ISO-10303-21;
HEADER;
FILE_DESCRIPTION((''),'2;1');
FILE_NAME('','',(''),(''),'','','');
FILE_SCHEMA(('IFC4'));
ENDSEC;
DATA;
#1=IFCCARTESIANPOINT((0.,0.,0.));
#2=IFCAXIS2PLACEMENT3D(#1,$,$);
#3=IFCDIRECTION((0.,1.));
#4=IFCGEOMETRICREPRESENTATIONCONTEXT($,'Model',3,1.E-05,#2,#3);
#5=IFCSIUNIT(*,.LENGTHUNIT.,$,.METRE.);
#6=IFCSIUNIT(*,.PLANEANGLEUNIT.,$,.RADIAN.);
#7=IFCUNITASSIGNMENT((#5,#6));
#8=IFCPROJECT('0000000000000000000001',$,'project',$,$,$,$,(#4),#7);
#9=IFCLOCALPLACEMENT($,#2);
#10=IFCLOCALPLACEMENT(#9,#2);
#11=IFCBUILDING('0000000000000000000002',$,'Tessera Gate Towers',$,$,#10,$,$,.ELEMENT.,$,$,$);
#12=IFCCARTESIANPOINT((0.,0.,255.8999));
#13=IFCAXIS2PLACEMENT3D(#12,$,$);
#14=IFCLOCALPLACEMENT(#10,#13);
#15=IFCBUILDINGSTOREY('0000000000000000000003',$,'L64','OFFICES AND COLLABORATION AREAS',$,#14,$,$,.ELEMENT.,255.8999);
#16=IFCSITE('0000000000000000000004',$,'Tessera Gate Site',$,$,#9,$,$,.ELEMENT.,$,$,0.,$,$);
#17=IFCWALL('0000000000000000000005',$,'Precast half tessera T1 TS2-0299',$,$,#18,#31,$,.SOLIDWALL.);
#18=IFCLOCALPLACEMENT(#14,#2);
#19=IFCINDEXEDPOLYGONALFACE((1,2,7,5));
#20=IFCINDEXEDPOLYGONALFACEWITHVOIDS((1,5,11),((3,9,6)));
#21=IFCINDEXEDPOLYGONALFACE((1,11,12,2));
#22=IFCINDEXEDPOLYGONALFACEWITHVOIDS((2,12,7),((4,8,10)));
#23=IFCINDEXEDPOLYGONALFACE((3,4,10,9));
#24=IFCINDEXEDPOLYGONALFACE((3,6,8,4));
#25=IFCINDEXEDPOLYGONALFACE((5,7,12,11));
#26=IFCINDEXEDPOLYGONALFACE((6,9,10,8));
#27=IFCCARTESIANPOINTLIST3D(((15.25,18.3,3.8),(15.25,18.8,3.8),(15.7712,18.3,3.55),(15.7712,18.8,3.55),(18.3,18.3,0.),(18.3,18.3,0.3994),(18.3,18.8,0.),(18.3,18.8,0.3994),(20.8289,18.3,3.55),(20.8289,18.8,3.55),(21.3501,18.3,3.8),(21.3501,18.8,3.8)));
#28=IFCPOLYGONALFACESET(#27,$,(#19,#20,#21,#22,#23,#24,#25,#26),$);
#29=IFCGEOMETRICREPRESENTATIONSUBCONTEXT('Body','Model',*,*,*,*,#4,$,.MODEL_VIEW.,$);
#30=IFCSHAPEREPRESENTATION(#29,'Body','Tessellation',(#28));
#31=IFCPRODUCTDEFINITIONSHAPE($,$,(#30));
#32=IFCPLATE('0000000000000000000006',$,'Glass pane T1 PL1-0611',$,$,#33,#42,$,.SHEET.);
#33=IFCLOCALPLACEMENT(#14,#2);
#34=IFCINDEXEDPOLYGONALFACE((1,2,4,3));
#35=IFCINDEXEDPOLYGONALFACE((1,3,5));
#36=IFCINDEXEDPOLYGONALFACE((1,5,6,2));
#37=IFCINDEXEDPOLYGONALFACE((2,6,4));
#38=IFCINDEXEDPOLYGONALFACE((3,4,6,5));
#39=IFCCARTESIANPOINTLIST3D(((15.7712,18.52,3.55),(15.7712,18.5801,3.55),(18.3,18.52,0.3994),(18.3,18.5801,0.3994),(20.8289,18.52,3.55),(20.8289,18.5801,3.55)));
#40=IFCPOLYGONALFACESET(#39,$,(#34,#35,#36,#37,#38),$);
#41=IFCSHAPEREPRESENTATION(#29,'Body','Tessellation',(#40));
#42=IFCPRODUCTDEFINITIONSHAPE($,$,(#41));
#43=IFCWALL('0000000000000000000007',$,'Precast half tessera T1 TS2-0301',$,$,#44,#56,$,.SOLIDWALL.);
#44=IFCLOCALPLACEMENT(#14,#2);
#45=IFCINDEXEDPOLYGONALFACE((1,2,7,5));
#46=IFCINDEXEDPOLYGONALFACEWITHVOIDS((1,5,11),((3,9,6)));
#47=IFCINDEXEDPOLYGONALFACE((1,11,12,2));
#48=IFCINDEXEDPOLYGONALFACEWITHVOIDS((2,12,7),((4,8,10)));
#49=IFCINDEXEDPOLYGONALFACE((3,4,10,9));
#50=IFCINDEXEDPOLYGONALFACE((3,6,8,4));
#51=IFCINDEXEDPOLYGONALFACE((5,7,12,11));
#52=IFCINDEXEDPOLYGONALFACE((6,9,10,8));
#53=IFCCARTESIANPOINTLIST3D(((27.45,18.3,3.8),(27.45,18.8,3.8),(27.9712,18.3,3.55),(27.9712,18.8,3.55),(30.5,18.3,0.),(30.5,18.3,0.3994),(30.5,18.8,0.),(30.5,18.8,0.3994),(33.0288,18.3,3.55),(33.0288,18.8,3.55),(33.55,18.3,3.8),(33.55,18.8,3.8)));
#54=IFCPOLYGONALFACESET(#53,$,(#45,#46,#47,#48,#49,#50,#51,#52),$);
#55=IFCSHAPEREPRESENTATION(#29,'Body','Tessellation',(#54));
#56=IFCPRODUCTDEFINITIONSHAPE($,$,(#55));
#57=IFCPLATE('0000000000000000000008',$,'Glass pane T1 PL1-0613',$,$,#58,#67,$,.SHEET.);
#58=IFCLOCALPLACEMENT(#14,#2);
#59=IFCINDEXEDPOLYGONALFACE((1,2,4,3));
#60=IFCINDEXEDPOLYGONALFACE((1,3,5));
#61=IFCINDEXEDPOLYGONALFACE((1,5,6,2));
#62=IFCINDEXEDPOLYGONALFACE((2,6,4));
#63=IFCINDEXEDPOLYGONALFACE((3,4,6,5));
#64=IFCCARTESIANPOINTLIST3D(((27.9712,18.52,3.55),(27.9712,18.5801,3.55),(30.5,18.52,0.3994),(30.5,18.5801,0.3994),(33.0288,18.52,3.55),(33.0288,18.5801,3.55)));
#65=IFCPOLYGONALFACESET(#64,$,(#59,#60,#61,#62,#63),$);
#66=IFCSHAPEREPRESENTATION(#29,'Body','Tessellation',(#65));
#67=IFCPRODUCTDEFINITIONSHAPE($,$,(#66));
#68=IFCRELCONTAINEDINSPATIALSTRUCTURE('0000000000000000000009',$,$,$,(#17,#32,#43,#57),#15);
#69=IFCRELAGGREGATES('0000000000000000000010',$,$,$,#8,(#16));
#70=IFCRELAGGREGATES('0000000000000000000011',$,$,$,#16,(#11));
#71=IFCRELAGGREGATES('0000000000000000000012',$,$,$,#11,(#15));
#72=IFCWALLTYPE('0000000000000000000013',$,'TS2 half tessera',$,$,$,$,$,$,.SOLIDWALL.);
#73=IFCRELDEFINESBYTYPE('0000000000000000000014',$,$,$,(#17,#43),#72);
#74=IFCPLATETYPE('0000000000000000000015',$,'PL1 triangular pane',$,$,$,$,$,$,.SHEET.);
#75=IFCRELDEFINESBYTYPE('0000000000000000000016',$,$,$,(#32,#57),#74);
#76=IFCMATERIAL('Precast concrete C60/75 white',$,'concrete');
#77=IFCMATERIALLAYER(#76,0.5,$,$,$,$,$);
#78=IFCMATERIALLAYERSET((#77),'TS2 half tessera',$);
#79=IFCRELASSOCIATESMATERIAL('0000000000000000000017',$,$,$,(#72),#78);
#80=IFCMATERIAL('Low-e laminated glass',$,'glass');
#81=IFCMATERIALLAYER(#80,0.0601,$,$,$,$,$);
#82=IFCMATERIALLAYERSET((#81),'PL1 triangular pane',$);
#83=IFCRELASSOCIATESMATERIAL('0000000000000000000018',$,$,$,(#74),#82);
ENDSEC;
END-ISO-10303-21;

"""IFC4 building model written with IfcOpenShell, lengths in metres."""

from ifc_helpers import new_model, si_unit, direction, frame, origin, place, context, subcontext, project, spatial, polyline, outline, extrude, source, transform, mapped, material, layer, layer_set, type_object, element, fill, save


model = new_model("IFC4")

# Units and contexts
model_context = context("Model", 3, precision=1e-05, world=origin(), true_north=direction((0.0, 1.0)))
body_context = subcontext(model_context, "Body", "Model", "MODEL_VIEW")
ifc_project = project(units=[si_unit("LENGTHUNIT", "METRE"), si_unit("PLANEANGLEUNIT", "RADIAN")], contexts=[model_context])

# Site, building, storey
site_placement = place(None, origin())
site = spatial("IfcSite", under=ifc_project, at=site_placement, Name="Tessera Gate Site", CompositionType="ELEMENT", RefElevation=0.0)
building_placement = place(site_placement, origin())
building = spatial("IfcBuilding", under=site, at=building_placement, Name="Tessera Gate Towers", CompositionType="ELEMENT")
storey_placement = place(building_placement, frame((0.0, 0.0, 255.8999)))
storey = spatial("IfcBuildingStorey", under=building, at=storey_placement, Name="L64", Description="OFFICES AND COLLABORATION AREAS", CompositionType="ELEMENT", Elevation=255.8999)

# Walls, openings, plates
ifc_material_1 = material(Name="Precast concrete C60/75 white", Category="concrete")
ifc_layer_1 = layer(ifc_material_1, 0.5)
ifc_layer_set_1 = layer_set([ifc_layer_1], Name="TS2 half tessera")
wall_type_1 = type_object("IfcWallType", Name="TS2 half tessera", PredefinedType="SOLIDWALL", material=ifc_layer_set_1)
shared_shape_1 = source(origin(), body_context, "Body", "SweptSolid", [
    extrude(outline(polyline([(3.05, 0.0), (6.1001, 3.8), (0.0, 3.8), (3.05, 0.0)])), frame((0.0, 0.25, 0.0), z_axis=(0.0, -1.0, 0.0), x_axis=(1.0, 0.0, 0.0)), (0.0, 0.0, 1.0), 0.5),
])
shared_shape_2 = source(origin(), body_context, "Body", "SweptSolid", [
    extrude(outline(polyline([(3.05, 0.3994), (5.5789, 3.55), (0.5212, 3.55), (3.05, 0.3994)])), frame((0.0, 0.26, 0.0), z_axis=(0.0, -1.0, 0.0), x_axis=(1.0, 0.0, 0.0)), (0.0, 0.0, 1.0), 0.52),
])
ifc_material_2 = material(Name="Low-e laminated glass", Category="glass")
ifc_layer_2 = layer(ifc_material_2, 0.0601)
ifc_layer_set_2 = layer_set([ifc_layer_2], Name="PL1 triangular pane")
plate_type_1 = type_object("IfcPlateType", Name="PL1 triangular pane", PredefinedType="SHEET", material=ifc_layer_set_2)
shared_shape_3 = source(origin(), body_context, "Body", "SweptSolid", [
    extrude(outline(polyline([(3.05, 0.3994), (5.5789, 3.55), (0.5212, 3.55), (3.05, 0.3994)])), frame((0.0, 0.03, 0.0), z_axis=(0.0, -1.0, 0.0), x_axis=(1.0, 0.0, 0.0)), (0.0, 0.0, 1.0), 0.0601),
])
wall_1_placement = place(storey_placement, frame((15.25, 18.55, 0.0), z_axis=(0.0, 0.0, 1.0), x_axis=(1.0, 0.0, 0.0)))
wall_1 = element("IfcWall", 1, at=wall_1_placement, inside=storey, type_object=wall_type_1, Name="Precast half tessera T1 TS2-0299", PredefinedType="SOLIDWALL", context=body_context, shape_type="MappedRepresentation", body=[
    mapped(shared_shape_1, transform((0.0, 0.0, 0.0), scale=1.0)),
])
opening_1_placement = place(wall_1_placement, origin())
opening_1 = element("IfcOpeningElement", 2, at=opening_1_placement, cuts=wall_1, PredefinedType="OPENING", context=body_context, shape_type="MappedRepresentation", body=[
    mapped(shared_shape_2, transform((0.0, 0.0, 0.0), scale=1.0)),
])
plate_1_placement = place(opening_1_placement, origin())
plate_1 = element("IfcPlate", 3, at=plate_1_placement, inside=storey, type_object=plate_type_1, Name="Glass pane T1 PL1-0611", PredefinedType="SHEET", context=body_context, shape_type="MappedRepresentation", body=[
    mapped(shared_shape_3, transform((0.0, 0.0, 0.0), scale=1.0)),
])
fill(opening_1, plate_1)
wall_2_placement = place(storey_placement, frame((27.45, 18.55, 0.0), z_axis=(0.0, 0.0, 1.0), x_axis=(1.0, 0.0, 0.0)))
wall_2 = element("IfcWall", 4, at=wall_2_placement, inside=storey, type_object=wall_type_1, Name="Precast half tessera T1 TS2-0301", PredefinedType="SOLIDWALL", context=body_context, shape_type="MappedRepresentation", body=[
    mapped(shared_shape_1, transform((0.0, 0.0, 0.0), scale=1.0)),
])
opening_2_placement = place(wall_2_placement, origin())
opening_2 = element("IfcOpeningElement", 5, at=opening_2_placement, cuts=wall_2, PredefinedType="OPENING", context=body_context, shape_type="MappedRepresentation", body=[
    mapped(shared_shape_2, transform((0.0, 0.0, 0.0), scale=1.0)),
])
plate_2_placement = place(opening_2_placement, origin())
plate_2 = element("IfcPlate", 6, at=plate_2_placement, inside=storey, type_object=plate_type_1, Name="Glass pane T1 PL1-0613", PredefinedType="SHEET", context=body_context, shape_type="MappedRepresentation", body=[
    mapped(shared_shape_3, transform((0.0, 0.0, 0.0), scale=1.0)),
])
fill(opening_2, plate_2)

save(model, "model.ifc")
